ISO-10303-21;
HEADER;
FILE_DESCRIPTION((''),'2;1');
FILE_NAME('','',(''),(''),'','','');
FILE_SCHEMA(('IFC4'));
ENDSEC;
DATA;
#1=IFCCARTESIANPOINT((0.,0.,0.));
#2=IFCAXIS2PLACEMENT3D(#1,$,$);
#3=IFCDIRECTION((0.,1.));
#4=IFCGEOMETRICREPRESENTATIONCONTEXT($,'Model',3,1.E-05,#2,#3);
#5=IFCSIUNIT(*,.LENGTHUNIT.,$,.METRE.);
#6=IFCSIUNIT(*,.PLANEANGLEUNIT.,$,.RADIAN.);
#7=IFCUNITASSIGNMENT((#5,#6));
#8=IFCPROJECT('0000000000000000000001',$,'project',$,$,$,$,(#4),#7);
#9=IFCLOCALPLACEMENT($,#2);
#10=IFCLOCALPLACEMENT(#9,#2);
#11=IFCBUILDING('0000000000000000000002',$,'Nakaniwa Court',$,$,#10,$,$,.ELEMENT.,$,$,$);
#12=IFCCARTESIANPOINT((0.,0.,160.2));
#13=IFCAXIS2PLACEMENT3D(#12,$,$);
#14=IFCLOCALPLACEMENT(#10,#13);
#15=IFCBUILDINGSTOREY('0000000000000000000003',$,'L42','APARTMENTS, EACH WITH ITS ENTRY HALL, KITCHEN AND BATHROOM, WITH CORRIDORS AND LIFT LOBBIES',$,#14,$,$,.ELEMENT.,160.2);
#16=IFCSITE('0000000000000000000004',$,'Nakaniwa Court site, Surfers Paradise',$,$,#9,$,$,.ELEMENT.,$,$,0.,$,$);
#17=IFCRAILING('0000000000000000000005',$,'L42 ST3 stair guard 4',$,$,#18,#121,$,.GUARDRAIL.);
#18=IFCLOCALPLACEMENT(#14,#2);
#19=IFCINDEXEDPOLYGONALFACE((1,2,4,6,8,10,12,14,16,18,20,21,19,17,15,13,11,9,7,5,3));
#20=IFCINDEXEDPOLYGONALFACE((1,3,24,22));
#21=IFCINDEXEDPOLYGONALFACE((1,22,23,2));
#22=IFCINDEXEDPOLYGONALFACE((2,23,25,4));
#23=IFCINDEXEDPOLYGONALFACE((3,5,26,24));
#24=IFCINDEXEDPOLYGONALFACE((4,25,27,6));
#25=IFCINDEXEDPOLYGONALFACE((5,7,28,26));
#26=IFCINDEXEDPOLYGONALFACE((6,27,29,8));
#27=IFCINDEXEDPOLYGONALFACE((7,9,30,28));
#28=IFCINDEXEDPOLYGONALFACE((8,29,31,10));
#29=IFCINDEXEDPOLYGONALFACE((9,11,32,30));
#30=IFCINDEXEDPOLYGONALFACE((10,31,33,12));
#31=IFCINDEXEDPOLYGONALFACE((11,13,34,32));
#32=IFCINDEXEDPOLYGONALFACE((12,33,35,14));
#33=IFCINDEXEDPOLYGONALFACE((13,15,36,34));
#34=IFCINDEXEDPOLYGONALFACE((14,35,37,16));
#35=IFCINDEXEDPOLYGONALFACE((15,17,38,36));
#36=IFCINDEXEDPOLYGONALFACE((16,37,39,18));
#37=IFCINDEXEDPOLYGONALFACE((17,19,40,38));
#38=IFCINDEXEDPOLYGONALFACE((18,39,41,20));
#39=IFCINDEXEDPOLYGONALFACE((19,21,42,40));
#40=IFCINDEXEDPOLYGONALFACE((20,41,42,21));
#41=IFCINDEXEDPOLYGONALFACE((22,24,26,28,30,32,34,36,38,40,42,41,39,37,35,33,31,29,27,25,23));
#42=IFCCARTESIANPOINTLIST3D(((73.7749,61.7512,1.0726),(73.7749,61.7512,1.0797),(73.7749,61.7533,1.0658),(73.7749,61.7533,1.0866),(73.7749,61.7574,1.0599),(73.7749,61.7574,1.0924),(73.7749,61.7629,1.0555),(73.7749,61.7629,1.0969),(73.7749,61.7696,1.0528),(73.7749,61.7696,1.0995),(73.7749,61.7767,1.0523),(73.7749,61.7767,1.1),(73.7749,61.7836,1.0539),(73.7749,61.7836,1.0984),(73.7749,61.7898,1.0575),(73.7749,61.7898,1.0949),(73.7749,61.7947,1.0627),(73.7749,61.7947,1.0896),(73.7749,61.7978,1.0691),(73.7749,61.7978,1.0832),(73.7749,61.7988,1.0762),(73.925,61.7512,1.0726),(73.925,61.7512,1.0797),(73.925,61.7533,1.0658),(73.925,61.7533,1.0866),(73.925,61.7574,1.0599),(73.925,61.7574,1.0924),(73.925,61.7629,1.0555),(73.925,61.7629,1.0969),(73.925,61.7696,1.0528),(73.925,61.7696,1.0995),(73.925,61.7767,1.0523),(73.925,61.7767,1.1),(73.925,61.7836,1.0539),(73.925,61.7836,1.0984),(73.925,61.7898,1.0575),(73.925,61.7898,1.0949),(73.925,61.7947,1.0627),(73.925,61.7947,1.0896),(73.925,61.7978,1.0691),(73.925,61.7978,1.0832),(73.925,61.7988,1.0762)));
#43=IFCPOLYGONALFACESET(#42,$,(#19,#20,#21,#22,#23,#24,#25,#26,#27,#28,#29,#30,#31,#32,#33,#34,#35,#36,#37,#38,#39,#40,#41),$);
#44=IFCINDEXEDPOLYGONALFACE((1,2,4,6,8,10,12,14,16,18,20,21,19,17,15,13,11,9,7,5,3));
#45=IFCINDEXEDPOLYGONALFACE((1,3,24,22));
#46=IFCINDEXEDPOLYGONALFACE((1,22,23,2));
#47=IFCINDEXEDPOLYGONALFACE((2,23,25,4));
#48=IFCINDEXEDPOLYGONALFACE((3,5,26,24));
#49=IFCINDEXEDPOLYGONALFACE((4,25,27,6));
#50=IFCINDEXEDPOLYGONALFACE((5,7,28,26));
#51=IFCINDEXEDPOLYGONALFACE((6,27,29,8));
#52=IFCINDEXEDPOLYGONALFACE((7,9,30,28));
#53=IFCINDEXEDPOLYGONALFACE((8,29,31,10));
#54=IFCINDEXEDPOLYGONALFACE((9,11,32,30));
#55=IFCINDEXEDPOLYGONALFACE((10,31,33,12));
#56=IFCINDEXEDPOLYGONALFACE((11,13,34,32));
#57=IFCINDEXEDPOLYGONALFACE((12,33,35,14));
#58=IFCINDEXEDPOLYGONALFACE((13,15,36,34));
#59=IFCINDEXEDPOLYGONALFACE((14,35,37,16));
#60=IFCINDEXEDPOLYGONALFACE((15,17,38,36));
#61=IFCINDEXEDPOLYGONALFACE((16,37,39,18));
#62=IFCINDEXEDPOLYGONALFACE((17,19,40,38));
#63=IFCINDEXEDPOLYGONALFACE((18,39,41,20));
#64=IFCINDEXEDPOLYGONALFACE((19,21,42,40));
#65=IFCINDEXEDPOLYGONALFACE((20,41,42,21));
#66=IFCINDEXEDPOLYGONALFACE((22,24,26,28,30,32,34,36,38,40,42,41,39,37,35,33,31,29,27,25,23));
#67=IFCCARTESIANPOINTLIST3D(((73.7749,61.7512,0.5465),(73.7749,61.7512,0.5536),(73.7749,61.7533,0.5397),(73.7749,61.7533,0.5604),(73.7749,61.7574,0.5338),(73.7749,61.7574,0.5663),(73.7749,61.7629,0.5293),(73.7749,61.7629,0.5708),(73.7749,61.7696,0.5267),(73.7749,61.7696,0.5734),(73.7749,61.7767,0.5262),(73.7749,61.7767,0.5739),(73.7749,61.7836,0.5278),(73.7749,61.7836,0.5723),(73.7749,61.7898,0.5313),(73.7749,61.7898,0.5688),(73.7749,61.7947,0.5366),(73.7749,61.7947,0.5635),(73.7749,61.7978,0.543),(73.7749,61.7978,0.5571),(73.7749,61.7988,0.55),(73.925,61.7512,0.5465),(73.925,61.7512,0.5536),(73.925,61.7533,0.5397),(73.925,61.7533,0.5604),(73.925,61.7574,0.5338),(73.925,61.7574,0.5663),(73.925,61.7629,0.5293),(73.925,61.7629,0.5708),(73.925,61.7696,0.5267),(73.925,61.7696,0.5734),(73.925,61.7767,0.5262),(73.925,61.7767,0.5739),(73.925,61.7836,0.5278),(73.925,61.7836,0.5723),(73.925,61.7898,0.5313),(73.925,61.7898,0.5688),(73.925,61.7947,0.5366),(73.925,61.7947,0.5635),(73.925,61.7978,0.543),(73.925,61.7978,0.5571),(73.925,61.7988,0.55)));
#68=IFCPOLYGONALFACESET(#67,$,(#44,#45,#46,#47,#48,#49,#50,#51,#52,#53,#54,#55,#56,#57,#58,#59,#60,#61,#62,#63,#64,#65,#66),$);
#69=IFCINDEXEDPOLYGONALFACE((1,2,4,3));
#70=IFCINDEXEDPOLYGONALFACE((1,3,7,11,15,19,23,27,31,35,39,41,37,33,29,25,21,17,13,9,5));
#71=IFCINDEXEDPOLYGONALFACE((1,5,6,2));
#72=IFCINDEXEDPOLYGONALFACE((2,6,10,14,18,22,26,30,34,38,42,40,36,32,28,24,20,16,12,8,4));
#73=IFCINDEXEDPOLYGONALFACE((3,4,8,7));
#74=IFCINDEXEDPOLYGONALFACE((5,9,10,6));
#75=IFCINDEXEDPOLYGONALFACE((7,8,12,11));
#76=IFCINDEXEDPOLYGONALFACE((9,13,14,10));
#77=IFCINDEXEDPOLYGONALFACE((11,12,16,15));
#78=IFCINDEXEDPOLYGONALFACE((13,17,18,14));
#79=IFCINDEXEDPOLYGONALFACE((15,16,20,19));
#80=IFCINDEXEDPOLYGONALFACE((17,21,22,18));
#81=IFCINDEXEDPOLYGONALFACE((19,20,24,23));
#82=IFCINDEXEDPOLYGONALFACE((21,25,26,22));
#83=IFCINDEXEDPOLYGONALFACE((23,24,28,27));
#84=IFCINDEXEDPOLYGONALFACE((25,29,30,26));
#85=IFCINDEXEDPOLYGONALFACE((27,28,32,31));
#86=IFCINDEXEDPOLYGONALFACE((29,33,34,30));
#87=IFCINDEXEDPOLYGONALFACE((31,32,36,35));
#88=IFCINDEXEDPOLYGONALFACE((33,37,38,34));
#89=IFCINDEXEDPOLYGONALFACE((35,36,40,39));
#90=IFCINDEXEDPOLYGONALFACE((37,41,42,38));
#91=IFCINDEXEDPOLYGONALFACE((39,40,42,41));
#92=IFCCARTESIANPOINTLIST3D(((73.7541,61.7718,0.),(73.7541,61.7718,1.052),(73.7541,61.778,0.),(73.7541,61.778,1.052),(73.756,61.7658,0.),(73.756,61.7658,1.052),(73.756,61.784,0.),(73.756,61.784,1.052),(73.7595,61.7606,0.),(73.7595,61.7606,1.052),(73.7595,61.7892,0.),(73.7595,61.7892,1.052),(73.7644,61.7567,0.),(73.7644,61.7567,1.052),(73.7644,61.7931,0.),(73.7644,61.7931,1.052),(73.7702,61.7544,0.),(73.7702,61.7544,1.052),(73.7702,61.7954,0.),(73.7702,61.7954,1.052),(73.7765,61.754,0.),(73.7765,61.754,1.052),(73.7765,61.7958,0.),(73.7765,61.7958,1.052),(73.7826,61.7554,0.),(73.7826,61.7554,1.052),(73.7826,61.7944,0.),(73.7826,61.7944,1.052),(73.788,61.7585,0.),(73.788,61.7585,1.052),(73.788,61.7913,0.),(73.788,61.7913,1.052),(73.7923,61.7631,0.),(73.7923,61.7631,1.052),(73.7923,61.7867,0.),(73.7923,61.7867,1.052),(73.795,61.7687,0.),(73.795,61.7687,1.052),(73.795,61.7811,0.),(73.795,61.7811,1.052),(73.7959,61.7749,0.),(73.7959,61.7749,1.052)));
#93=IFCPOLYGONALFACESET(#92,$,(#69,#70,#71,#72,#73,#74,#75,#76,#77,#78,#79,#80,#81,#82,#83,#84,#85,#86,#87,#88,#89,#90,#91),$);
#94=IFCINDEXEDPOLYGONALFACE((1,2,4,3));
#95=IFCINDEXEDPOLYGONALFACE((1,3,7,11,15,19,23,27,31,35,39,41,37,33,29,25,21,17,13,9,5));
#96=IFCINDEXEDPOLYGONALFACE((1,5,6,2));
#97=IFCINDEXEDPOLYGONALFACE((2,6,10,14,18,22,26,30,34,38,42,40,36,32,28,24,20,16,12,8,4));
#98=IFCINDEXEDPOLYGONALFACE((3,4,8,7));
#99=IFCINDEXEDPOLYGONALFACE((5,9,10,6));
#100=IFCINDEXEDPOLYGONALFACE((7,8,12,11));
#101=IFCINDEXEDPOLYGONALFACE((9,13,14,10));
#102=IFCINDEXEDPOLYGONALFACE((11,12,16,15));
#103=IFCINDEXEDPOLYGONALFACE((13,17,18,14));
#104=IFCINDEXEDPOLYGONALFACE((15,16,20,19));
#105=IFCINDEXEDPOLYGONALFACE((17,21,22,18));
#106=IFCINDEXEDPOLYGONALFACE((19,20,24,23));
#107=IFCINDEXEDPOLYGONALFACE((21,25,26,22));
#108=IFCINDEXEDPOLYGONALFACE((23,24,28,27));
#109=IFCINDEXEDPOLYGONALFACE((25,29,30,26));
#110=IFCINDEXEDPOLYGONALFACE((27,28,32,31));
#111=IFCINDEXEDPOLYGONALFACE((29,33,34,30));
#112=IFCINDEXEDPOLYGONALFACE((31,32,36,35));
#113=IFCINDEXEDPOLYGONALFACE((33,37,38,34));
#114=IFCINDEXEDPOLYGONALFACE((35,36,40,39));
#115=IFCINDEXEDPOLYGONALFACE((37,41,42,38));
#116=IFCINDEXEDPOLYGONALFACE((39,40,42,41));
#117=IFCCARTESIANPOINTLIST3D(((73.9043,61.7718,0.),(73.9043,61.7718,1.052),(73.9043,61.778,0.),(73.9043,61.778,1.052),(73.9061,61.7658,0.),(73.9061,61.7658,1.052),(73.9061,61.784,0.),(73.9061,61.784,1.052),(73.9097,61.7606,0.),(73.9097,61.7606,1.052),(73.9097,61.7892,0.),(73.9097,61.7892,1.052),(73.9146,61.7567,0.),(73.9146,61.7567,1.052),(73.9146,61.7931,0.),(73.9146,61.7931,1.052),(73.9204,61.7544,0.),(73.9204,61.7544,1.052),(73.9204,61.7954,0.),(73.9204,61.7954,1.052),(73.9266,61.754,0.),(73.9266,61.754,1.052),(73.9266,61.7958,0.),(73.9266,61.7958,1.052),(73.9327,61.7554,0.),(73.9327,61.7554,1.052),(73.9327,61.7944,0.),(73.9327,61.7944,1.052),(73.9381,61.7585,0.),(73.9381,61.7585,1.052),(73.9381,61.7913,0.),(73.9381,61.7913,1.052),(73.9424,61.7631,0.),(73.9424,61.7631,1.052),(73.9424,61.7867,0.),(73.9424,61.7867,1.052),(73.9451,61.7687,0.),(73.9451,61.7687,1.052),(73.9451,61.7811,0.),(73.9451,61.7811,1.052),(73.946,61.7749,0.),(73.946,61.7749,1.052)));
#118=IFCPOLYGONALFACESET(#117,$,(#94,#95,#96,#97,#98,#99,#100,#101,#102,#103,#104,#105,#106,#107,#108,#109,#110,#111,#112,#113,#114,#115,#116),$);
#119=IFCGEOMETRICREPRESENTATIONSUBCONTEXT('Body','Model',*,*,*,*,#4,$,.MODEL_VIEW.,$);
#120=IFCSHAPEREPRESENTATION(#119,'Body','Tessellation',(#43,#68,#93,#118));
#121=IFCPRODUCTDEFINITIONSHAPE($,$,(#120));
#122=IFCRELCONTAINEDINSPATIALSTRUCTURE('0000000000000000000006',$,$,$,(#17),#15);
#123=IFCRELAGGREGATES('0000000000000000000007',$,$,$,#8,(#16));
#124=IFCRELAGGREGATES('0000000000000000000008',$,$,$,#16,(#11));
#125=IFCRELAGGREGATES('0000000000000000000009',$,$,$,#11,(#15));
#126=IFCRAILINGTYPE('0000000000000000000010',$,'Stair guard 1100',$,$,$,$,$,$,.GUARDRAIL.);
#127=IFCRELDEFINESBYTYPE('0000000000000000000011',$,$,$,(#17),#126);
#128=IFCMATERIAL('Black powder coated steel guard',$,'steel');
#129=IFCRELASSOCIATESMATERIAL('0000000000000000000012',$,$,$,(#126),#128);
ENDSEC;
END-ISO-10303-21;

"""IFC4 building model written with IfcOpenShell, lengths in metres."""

from ifc_helpers import new_model, si_unit, direction, frame, origin, origin_2d, place, context, subcontext, project, spatial, circle, extrude, material, type_object, element, save


model = new_model("IFC4")

# Units and contexts
model_context = context("Model", 3, precision=1e-05, world=origin(), true_north=direction((0.0, 1.0)))
body_context = subcontext(model_context, "Body", "Model", "MODEL_VIEW")
ifc_project = project(units=[si_unit("LENGTHUNIT", "METRE"), si_unit("PLANEANGLEUNIT", "RADIAN")], contexts=[model_context])

# Site, building, storey
site_placement = place(None, origin())
site = spatial("IfcSite", under=ifc_project, at=site_placement, Name="Nakaniwa Court site, Surfers Paradise", CompositionType="ELEMENT", RefElevation=0.0)
building_placement = place(site_placement, origin())
building = spatial("IfcBuilding", under=site, at=building_placement, Name="Nakaniwa Court", CompositionType="ELEMENT")
storey_placement = place(building_placement, frame((0.0, 0.0, 160.2)))
storey = spatial("IfcBuildingStorey", under=building, at=storey_placement, Name="L42", Description="APARTMENTS, EACH WITH ITS ENTRY HALL, KITCHEN AND BATHROOM, WITH CORRIDORS AND LIFT LOBBIES", CompositionType="ELEMENT", Elevation=160.2)

# Railing
ifc_material_1 = material(Name="Black powder coated steel guard", Category="steel")
railing_type_1 = type_object("IfcRailingType", Name="Stair guard 1100", PredefinedType="GUARDRAIL", material=ifc_material_1)
railing_1_placement = place(storey_placement, frame((73.7749, 61.7749, 0.0)))
element("IfcRailing", 1, at=railing_1_placement, inside=storey, type_object=railing_type_1, Name="L42 ST3 stair guard 4", PredefinedType="GUARDRAIL", context=body_context, shape_type="SweptSolid", body=[
    extrude(circle(Radius=0.0239, at=origin_2d()), frame((0.0, 0.0, 1.0762), z_axis=(1.0, 0.0, 0.0), x_axis=(0.0, 1.0, 0.0)), (0.0, 0.0, 1.0), 0.1501),
    extrude(circle(Radius=0.0239, at=origin_2d()), frame((0.0, 0.0, 0.55), z_axis=(1.0, 0.0, 0.0), x_axis=(0.0, 1.0, 0.0)), (0.0, 0.0, 1.0), 0.1501),
    extrude(circle(Radius=0.021, at=origin_2d()), origin(), (0.0, 0.0, 1.0), 1.052),
    extrude(circle(Radius=0.021, at=origin_2d()), frame((0.1501, 0.0, 0.0)), (0.0, 0.0, 1.0), 1.052),
])

save(model, "model.ifc")
